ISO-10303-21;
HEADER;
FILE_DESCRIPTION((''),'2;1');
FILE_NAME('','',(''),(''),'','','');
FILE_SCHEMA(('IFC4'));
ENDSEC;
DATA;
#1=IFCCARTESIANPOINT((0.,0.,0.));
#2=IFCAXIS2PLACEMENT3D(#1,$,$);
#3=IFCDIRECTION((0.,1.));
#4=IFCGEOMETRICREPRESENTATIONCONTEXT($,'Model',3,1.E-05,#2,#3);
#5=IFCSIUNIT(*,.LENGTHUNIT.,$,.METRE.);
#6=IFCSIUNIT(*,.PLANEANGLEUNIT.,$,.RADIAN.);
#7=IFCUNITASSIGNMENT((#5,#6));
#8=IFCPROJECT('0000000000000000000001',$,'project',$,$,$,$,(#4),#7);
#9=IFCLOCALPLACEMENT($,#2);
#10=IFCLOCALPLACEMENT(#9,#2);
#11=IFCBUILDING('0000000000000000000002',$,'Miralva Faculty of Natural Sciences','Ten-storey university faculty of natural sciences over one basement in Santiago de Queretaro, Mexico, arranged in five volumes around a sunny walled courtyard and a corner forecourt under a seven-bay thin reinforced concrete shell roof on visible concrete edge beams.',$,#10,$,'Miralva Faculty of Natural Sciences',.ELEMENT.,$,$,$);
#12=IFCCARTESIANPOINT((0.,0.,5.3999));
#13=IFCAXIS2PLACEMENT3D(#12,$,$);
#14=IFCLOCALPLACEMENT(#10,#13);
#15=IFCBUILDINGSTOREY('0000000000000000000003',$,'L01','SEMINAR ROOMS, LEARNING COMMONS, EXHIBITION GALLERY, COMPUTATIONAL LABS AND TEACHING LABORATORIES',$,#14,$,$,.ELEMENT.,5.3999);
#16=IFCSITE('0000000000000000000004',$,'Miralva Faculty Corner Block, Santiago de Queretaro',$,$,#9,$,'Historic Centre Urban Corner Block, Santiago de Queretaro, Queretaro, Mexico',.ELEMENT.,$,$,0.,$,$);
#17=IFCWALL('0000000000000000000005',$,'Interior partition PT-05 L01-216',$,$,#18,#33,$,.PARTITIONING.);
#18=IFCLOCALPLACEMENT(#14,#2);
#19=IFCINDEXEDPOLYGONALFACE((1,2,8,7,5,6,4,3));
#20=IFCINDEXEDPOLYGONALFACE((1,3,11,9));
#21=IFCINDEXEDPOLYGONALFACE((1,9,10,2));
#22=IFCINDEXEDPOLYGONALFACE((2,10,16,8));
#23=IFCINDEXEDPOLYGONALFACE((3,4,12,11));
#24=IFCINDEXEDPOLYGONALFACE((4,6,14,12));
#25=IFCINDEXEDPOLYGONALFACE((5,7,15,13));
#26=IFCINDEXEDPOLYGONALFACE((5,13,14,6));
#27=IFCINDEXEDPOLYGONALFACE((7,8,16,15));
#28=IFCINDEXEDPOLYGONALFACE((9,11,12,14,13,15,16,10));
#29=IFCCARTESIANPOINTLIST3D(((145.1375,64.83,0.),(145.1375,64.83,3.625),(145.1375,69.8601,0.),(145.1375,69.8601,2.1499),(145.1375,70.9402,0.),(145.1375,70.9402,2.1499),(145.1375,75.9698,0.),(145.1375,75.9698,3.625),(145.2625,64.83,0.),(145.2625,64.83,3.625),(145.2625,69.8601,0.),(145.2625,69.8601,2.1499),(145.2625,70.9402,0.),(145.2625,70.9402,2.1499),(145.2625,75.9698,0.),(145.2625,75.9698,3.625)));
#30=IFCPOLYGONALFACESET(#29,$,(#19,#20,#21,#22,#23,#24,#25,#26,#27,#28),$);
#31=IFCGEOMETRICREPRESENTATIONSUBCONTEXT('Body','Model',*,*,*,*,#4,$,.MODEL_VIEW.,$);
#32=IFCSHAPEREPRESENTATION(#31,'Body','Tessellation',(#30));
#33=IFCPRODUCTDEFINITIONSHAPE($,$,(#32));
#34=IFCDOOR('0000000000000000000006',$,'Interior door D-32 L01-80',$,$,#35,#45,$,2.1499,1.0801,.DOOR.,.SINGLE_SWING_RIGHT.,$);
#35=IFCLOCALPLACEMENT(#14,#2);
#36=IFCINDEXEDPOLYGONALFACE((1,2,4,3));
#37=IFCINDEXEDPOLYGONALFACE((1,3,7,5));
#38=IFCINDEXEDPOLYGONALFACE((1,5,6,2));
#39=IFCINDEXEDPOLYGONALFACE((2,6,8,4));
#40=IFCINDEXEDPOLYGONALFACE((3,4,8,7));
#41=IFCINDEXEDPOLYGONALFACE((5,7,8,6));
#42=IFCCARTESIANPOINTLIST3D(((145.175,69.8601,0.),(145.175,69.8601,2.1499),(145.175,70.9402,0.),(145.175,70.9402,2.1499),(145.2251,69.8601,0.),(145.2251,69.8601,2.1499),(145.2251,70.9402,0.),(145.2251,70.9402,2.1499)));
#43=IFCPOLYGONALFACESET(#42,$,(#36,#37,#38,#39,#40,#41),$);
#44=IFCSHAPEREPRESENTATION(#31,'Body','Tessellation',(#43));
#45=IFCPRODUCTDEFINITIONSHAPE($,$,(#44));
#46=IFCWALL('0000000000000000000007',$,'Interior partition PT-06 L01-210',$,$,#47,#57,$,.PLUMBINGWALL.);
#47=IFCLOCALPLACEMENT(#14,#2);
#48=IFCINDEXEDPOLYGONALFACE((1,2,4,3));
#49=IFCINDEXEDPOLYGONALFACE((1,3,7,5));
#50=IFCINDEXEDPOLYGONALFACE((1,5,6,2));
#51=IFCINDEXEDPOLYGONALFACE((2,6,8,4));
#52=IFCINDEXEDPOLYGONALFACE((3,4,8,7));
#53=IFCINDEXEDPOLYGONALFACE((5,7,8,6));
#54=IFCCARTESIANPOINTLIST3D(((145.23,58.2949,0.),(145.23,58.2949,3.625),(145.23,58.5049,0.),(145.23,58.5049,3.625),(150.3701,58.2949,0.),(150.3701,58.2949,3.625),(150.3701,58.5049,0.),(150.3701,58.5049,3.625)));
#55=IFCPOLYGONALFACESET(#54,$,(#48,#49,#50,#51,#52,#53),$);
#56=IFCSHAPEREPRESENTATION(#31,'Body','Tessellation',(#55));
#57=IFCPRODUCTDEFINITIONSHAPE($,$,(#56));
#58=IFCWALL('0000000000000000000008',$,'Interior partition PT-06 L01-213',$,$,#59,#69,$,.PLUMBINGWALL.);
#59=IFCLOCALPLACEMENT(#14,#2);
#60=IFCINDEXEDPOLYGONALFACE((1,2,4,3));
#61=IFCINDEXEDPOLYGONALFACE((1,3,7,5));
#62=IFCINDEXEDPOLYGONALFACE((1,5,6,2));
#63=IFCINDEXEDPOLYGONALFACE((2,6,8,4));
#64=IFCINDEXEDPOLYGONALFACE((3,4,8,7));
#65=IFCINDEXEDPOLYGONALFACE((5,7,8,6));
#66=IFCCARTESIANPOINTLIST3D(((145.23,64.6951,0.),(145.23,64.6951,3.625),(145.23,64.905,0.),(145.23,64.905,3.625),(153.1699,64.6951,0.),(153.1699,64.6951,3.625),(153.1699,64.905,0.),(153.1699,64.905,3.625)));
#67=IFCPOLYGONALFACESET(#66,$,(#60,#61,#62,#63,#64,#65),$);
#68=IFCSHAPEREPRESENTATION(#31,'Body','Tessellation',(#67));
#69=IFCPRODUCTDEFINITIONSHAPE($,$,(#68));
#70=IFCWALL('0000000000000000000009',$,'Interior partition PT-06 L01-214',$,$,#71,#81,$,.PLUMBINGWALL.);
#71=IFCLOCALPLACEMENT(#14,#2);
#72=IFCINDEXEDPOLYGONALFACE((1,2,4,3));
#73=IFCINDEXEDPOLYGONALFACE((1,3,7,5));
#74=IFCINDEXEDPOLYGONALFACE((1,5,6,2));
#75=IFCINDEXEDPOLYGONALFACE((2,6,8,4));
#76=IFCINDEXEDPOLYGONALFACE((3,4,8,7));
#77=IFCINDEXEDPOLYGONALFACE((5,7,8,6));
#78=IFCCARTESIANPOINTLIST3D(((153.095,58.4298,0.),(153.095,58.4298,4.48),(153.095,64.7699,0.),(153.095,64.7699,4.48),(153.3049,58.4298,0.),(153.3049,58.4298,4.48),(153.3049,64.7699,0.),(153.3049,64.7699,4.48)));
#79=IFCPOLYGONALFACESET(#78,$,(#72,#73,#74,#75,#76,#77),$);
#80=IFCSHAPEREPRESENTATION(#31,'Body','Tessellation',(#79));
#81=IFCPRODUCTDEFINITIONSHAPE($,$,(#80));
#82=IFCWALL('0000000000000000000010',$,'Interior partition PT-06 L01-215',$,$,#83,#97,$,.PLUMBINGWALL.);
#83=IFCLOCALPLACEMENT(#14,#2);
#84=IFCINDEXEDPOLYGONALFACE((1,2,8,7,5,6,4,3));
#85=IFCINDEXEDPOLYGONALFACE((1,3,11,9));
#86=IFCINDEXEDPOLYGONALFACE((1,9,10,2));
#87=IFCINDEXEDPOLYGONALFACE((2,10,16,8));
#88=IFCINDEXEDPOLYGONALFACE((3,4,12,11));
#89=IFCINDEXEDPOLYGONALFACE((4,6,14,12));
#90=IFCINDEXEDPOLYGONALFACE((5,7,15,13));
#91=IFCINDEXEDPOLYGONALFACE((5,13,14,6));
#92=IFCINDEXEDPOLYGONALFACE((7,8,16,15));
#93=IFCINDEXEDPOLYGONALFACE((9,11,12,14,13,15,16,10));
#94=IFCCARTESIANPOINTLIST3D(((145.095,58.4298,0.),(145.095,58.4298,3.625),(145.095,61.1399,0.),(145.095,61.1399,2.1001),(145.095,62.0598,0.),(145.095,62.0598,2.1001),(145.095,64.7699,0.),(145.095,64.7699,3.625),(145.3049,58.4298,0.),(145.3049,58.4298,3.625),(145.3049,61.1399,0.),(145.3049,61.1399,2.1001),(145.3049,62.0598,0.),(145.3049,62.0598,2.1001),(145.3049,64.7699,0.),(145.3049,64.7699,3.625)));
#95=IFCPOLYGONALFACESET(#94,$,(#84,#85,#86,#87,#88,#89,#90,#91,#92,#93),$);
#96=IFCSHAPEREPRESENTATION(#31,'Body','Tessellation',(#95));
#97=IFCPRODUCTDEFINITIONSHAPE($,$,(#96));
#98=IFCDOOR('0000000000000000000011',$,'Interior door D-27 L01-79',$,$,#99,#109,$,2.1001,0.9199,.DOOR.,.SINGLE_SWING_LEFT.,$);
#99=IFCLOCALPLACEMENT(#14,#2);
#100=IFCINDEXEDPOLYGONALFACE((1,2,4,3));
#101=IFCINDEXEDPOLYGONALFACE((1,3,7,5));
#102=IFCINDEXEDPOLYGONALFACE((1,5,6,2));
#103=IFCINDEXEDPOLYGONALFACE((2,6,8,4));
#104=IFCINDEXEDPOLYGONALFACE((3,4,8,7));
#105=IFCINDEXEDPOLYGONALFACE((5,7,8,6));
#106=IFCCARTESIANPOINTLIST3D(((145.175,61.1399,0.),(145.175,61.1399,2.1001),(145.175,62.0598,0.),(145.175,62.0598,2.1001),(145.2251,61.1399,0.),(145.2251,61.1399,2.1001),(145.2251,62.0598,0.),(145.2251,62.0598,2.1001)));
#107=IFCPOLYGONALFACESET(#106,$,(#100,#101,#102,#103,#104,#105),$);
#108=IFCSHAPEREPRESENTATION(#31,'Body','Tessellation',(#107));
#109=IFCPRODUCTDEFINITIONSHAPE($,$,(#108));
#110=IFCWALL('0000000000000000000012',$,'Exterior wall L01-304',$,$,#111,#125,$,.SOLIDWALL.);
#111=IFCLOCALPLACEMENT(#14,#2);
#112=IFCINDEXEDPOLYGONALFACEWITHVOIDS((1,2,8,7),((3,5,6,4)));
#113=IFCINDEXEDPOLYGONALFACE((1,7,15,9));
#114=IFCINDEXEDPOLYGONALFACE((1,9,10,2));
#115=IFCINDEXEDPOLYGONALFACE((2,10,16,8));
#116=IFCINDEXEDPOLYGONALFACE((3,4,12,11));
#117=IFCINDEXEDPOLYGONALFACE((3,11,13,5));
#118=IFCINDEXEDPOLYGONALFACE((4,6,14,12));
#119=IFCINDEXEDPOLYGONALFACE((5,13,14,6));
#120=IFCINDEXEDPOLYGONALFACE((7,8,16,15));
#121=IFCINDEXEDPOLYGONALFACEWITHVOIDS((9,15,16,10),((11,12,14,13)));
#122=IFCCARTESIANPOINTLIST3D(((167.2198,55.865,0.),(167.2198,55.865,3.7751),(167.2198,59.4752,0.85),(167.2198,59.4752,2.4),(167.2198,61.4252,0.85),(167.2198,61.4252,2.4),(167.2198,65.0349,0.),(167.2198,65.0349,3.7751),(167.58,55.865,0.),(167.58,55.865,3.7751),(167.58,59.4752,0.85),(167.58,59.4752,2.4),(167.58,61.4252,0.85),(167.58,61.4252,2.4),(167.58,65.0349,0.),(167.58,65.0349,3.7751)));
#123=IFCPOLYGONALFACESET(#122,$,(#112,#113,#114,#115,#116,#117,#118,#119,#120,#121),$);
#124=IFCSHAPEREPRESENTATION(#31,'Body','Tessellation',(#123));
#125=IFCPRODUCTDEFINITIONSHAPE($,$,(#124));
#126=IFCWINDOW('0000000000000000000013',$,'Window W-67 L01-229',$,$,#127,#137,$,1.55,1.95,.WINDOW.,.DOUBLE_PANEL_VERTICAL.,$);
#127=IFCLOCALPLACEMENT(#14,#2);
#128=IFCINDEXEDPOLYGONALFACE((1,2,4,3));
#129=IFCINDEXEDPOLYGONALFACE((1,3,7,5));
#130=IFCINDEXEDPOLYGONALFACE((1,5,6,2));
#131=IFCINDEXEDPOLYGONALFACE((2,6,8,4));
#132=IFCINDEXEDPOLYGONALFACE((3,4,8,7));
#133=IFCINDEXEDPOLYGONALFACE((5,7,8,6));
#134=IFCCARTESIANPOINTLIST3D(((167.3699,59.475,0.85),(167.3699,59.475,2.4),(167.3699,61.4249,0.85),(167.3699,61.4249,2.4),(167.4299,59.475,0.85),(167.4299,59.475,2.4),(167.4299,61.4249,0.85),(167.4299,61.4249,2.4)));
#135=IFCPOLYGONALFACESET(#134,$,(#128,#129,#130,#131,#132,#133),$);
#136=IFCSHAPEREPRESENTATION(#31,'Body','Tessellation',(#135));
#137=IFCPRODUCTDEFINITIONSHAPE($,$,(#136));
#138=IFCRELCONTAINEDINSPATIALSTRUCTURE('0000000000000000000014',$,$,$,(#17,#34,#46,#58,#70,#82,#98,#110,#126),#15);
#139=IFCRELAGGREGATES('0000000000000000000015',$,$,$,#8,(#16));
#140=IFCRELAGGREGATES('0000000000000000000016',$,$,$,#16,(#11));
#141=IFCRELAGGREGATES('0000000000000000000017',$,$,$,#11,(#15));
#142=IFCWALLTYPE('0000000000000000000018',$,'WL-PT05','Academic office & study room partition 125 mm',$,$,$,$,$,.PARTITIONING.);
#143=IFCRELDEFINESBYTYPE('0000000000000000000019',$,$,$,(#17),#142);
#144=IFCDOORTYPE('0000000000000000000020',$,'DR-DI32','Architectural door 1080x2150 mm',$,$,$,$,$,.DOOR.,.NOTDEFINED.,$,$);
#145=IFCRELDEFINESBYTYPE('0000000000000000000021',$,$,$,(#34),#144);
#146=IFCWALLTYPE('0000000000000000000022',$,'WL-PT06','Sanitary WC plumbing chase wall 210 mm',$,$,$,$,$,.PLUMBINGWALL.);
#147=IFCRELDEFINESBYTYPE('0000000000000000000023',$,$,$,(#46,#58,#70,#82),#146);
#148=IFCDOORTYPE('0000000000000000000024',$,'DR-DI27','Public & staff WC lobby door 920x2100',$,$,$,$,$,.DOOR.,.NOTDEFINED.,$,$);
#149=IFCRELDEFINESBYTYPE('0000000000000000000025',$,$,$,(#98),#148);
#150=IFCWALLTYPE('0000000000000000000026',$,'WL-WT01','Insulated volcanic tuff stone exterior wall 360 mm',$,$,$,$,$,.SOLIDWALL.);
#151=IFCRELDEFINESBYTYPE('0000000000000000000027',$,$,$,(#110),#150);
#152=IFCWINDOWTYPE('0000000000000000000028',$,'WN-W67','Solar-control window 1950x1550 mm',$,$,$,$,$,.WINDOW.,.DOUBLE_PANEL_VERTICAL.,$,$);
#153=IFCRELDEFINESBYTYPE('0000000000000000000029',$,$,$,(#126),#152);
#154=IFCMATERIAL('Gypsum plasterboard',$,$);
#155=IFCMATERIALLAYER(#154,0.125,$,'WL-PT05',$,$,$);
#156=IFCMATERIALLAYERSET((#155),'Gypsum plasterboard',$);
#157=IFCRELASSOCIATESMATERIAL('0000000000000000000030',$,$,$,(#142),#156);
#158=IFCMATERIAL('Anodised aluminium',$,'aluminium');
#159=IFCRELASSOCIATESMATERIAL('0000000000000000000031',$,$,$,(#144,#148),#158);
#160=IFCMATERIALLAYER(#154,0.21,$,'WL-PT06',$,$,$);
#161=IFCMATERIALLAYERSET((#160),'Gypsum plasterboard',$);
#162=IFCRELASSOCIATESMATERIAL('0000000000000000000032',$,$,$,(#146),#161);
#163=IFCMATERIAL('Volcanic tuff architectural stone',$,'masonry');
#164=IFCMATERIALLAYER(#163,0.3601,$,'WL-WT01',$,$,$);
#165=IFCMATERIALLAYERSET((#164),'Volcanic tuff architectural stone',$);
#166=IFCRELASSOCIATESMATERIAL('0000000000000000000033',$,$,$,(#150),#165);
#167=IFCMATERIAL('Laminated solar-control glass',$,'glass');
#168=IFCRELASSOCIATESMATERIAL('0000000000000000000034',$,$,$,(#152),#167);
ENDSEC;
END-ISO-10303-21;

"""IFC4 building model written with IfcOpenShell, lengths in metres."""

from ifc_helpers import new_model, si_unit, direction, frame, frame_2d, origin, place, context, subcontext, project, spatial, rectangle, extrude, material, layer, layer_set, type_object, element, fill, save


model = new_model("IFC4")

# Units and contexts
model_context = context("Model", 3, precision=1e-05, world=origin(), true_north=direction((0.0, 1.0)))
body_context = subcontext(model_context, "Body", "Model", "MODEL_VIEW")
ifc_project = project(units=[si_unit("LENGTHUNIT", "METRE"), si_unit("PLANEANGLEUNIT", "RADIAN")], contexts=[model_context])

# Site, building, storey
site_placement = place(None, origin())
site = spatial("IfcSite", under=ifc_project, at=site_placement, Name="Miralva Faculty Corner Block, Santiago de Queretaro", LongName="Historic Centre Urban Corner Block, Santiago de Queretaro, Queretaro, Mexico", CompositionType="ELEMENT", RefElevation=0.0)
building_placement = place(site_placement, origin())
building = spatial("IfcBuilding", under=site, at=building_placement, Name="Miralva Faculty of Natural Sciences", Description="Ten-storey university faculty of natural sciences over one basement in Santiago de Queretaro, Mexico, arranged in five volumes around a sunny walled courtyard and a corner forecourt under a seven-bay thin reinforced concrete shell roof on visible concrete edge beams.", LongName="Miralva Faculty of Natural Sciences", CompositionType="ELEMENT")
storey_placement = place(building_placement, frame((0.0, 0.0, 5.3999)))
storey = spatial("IfcBuildingStorey", under=building, at=storey_placement, Name="L01", Description="SEMINAR ROOMS, LEARNING COMMONS, EXHIBITION GALLERY, COMPUTATIONAL LABS AND TEACHING LABORATORIES", CompositionType="ELEMENT", Elevation=5.3999)

# Wall, opening, door
ifc_material_1 = material(Name="Gypsum plasterboard")
ifc_layer_1 = layer(ifc_material_1, 0.125, Name="WL-PT05")
ifc_layer_set_1 = layer_set([ifc_layer_1], Name="Gypsum plasterboard")
wall_type_1 = type_object("IfcWallType", Name="WL-PT05", Description="Academic office & study room partition 125 mm", PredefinedType="PARTITIONING", material=ifc_layer_set_1)
wall_1_placement = place(storey_placement, frame((145.2, 64.8301, 0.0), z_axis=(0.0, 0.0, 1.0), x_axis=(0.0, 1.0, 0.0)))
wall_1 = element("IfcWall", 1, at=wall_1_placement, inside=storey, type_object=wall_type_1, Name="Interior partition PT-05 L01-216", PredefinedType="PARTITIONING", context=body_context, shape_type="SweptSolid", body=[
    extrude(rectangle(XDim=11.1399, YDim=0.125, at=frame_2d((5.5698, 0.0))), origin(), (0.0, 0.0, 1.0), 3.625),
])
opening_1_placement = place(wall_1_placement, frame((5.03, 0.0, 0.0)))
opening_1 = element("IfcOpeningElement", 2, at=opening_1_placement, cuts=wall_1, PredefinedType="OPENING", context=body_context, shape_type="SweptSolid", body=[
    extrude(rectangle(XDim=1.0801, YDim=2.1499, at=frame_2d((0.54, 1.075))), frame((0.0, 0.0725, 0.0), z_axis=(0.0, -1.0, 0.0), x_axis=(1.0, 0.0, 0.0)), (0.0, 0.0, 1.0), 0.145),
])
ifc_material_2 = material(Name="Anodised aluminium", Category="aluminium")
door_type_1 = type_object("IfcDoorType", Name="DR-DI32", Description="Architectural door 1080x2150 mm", OperationType="NOTDEFINED", PredefinedType="DOOR", material=ifc_material_2)
door_1_placement = place(opening_1_placement, origin())
door_1 = element("IfcDoor", 3, at=door_1_placement, inside=storey, type_object=door_type_1, Name="Interior door D-32 L01-80", OperationType="SINGLE_SWING_RIGHT", OverallHeight=2.1499, OverallWidth=1.0801, PredefinedType="DOOR", context=body_context, shape_type="SweptSolid", body=[
    extrude(rectangle(XDim=1.0801, YDim=2.1499, at=frame_2d((0.54, 1.075))), frame((0.0, 0.0249, 0.0), z_axis=(0.0, -1.0, 0.0), x_axis=(1.0, 0.0, 0.0)), (0.0, 0.0, 1.0), 0.05),
])
fill(opening_1, door_1)

# Walls
ifc_layer_2 = layer(ifc_material_1, 0.21, Name="WL-PT06")
ifc_layer_set_2 = layer_set([ifc_layer_2], Name="Gypsum plasterboard")
wall_type_2 = type_object("IfcWallType", Name="WL-PT06", Description="Sanitary WC plumbing chase wall 210 mm", PredefinedType="PLUMBINGWALL", material=ifc_layer_set_2)
wall_2_placement = place(storey_placement, frame((145.23, 58.3999, 0.0), z_axis=(0.0, 0.0, 1.0), x_axis=(1.0, 0.0, 0.0)))
element("IfcWall", 4, at=wall_2_placement, inside=storey, type_object=wall_type_2, Name="Interior partition PT-06 L01-210", PredefinedType="PLUMBINGWALL", context=body_context, shape_type="SweptSolid", body=[
    extrude(rectangle(XDim=5.1401, YDim=0.21, at=frame_2d((2.5701, 0.0))), origin(), (0.0, 0.0, 1.0), 3.625),
])
wall_3_placement = place(storey_placement, frame((145.23, 64.8, 0.0), z_axis=(0.0, 0.0, 1.0), x_axis=(1.0, 0.0, 0.0)))
element("IfcWall", 5, at=wall_3_placement, inside=storey, type_object=wall_type_2, Name="Interior partition PT-06 L01-213", PredefinedType="PLUMBINGWALL", context=body_context, shape_type="SweptSolid", body=[
    extrude(rectangle(XDim=7.9399, YDim=0.21, at=frame_2d((3.97, 0.0))), origin(), (0.0, 0.0, 1.0), 3.625),
])
wall_4_placement = place(storey_placement, frame((153.2, 58.4299, 0.0), z_axis=(0.0, 0.0, 1.0), x_axis=(0.0, 1.0, 0.0)))
element("IfcWall", 6, at=wall_4_placement, inside=storey, type_object=wall_type_2, Name="Interior partition PT-06 L01-214", PredefinedType="PLUMBINGWALL", context=body_context, shape_type="SweptSolid", body=[
    extrude(rectangle(XDim=6.3401, YDim=0.21, at=frame_2d((3.1699, 0.0))), origin(), (0.0, 0.0, 1.0), 4.48),
])

# Wall, opening, door
wall_5_placement = place(storey_placement, frame((145.2, 58.4299, 0.0), z_axis=(0.0, 0.0, 1.0), x_axis=(0.0, 1.0, 0.0)))
wall_5 = element("IfcWall", 7, at=wall_5_placement, inside=storey, type_object=wall_type_2, Name="Interior partition PT-06 L01-215", PredefinedType="PLUMBINGWALL", context=body_context, shape_type="SweptSolid", body=[
    extrude(rectangle(XDim=6.3401, YDim=0.21, at=frame_2d((3.1699, 0.0))), origin(), (0.0, 0.0, 1.0), 3.625),
])
opening_2_placement = place(wall_5_placement, frame((2.71, 0.0, 0.0)))
opening_2 = element("IfcOpeningElement", 8, at=opening_2_placement, cuts=wall_5, PredefinedType="OPENING", context=body_context, shape_type="SweptSolid", body=[
    extrude(rectangle(XDim=0.9199, YDim=2.1001, at=frame_2d((0.46, 1.05))), frame((0.0, 0.115, 0.0), z_axis=(0.0, -1.0, 0.0), x_axis=(1.0, 0.0, 0.0)), (0.0, 0.0, 1.0), 0.23),
])
door_type_2 = type_object("IfcDoorType", Name="DR-DI27", Description="Public & staff WC lobby door 920x2100", OperationType="NOTDEFINED", PredefinedType="DOOR", material=ifc_material_2)
door_2_placement = place(opening_2_placement, origin())
door_2 = element("IfcDoor", 9, at=door_2_placement, inside=storey, type_object=door_type_2, Name="Interior door D-27 L01-79", OperationType="SINGLE_SWING_LEFT", OverallHeight=2.1001, OverallWidth=0.9199, PredefinedType="DOOR", context=body_context, shape_type="SweptSolid", body=[
    extrude(rectangle(XDim=0.9199, YDim=2.1001, at=frame_2d((0.46, 1.05))), frame((0.0, 0.0249, 0.0), z_axis=(0.0, -1.0, 0.0), x_axis=(1.0, 0.0, 0.0)), (0.0, 0.0, 1.0), 0.05),
])
fill(opening_2, door_2)

# Wall, opening, window
ifc_material_3 = material(Name="Volcanic tuff architectural stone", Category="masonry")
ifc_layer_3 = layer(ifc_material_3, 0.3601, Name="WL-WT01")
ifc_layer_set_3 = layer_set([ifc_layer_3], Name="Volcanic tuff architectural stone")
wall_type_3 = type_object("IfcWallType", Name="WL-WT01", Description="Insulated volcanic tuff stone exterior wall 360 mm", PredefinedType="SOLIDWALL", material=ifc_layer_set_3)
wall_6_placement = place(storey_placement, frame((167.3999, 55.865, 0.0), z_axis=(0.0, 0.0, 1.0), x_axis=(0.0, 1.0, 0.0)))
wall_6 = element("IfcWall", 10, at=wall_6_placement, inside=storey, type_object=wall_type_3, Name="Exterior wall L01-304", PredefinedType="SOLIDWALL", context=body_context, shape_type="SweptSolid", body=[
    extrude(rectangle(XDim=9.1699, YDim=0.3601, at=frame_2d((4.585, 0.0))), origin(), (0.0, 0.0, 1.0), 3.7751),
])
opening_3_placement = place(wall_6_placement, frame((3.6101, 0.0, 0.8501)))
opening_3 = element("IfcOpeningElement", 11, at=opening_3_placement, cuts=wall_6, PredefinedType="OPENING", context=body_context, shape_type="SweptSolid", body=[
    extrude(rectangle(XDim=1.95, YDim=1.55, at=frame_2d((0.9751, 0.7749))), frame((0.0, 0.1899, 0.0), z_axis=(0.0, -1.0, 0.0), x_axis=(1.0, 0.0, 0.0)), (0.0, 0.0, 1.0), 0.3801),
])
ifc_material_4 = material(Name="Laminated solar-control glass", Category="glass")
window_type = type_object("IfcWindowType", Name="WN-W67", Description="Solar-control window 1950x1550 mm", PartitioningType="DOUBLE_PANEL_VERTICAL", PredefinedType="WINDOW", material=ifc_material_4)
window_placement = place(opening_3_placement, frame((1.95, 0.0, 0.0), z_axis=(0.0, 0.0, 1.0), x_axis=(-1.0, 0.0, 0.0)))
window = element("IfcWindow", 12, at=window_placement, inside=storey, type_object=window_type, Name="Window W-67 L01-229", OverallHeight=1.55, OverallWidth=1.95, PartitioningType="DOUBLE_PANEL_VERTICAL", PredefinedType="WINDOW", context=body_context, shape_type="SweptSolid", body=[
    extrude(rectangle(XDim=1.95, YDim=1.55, at=frame_2d((0.9751, 0.7749))), frame((0.0, 0.03, 0.0), z_axis=(0.0, -1.0, 0.0), x_axis=(1.0, 0.0, 0.0)), (0.0, 0.0, 1.0), 0.0601),
])
fill(opening_3, window)

save(model, "model.ifc")
